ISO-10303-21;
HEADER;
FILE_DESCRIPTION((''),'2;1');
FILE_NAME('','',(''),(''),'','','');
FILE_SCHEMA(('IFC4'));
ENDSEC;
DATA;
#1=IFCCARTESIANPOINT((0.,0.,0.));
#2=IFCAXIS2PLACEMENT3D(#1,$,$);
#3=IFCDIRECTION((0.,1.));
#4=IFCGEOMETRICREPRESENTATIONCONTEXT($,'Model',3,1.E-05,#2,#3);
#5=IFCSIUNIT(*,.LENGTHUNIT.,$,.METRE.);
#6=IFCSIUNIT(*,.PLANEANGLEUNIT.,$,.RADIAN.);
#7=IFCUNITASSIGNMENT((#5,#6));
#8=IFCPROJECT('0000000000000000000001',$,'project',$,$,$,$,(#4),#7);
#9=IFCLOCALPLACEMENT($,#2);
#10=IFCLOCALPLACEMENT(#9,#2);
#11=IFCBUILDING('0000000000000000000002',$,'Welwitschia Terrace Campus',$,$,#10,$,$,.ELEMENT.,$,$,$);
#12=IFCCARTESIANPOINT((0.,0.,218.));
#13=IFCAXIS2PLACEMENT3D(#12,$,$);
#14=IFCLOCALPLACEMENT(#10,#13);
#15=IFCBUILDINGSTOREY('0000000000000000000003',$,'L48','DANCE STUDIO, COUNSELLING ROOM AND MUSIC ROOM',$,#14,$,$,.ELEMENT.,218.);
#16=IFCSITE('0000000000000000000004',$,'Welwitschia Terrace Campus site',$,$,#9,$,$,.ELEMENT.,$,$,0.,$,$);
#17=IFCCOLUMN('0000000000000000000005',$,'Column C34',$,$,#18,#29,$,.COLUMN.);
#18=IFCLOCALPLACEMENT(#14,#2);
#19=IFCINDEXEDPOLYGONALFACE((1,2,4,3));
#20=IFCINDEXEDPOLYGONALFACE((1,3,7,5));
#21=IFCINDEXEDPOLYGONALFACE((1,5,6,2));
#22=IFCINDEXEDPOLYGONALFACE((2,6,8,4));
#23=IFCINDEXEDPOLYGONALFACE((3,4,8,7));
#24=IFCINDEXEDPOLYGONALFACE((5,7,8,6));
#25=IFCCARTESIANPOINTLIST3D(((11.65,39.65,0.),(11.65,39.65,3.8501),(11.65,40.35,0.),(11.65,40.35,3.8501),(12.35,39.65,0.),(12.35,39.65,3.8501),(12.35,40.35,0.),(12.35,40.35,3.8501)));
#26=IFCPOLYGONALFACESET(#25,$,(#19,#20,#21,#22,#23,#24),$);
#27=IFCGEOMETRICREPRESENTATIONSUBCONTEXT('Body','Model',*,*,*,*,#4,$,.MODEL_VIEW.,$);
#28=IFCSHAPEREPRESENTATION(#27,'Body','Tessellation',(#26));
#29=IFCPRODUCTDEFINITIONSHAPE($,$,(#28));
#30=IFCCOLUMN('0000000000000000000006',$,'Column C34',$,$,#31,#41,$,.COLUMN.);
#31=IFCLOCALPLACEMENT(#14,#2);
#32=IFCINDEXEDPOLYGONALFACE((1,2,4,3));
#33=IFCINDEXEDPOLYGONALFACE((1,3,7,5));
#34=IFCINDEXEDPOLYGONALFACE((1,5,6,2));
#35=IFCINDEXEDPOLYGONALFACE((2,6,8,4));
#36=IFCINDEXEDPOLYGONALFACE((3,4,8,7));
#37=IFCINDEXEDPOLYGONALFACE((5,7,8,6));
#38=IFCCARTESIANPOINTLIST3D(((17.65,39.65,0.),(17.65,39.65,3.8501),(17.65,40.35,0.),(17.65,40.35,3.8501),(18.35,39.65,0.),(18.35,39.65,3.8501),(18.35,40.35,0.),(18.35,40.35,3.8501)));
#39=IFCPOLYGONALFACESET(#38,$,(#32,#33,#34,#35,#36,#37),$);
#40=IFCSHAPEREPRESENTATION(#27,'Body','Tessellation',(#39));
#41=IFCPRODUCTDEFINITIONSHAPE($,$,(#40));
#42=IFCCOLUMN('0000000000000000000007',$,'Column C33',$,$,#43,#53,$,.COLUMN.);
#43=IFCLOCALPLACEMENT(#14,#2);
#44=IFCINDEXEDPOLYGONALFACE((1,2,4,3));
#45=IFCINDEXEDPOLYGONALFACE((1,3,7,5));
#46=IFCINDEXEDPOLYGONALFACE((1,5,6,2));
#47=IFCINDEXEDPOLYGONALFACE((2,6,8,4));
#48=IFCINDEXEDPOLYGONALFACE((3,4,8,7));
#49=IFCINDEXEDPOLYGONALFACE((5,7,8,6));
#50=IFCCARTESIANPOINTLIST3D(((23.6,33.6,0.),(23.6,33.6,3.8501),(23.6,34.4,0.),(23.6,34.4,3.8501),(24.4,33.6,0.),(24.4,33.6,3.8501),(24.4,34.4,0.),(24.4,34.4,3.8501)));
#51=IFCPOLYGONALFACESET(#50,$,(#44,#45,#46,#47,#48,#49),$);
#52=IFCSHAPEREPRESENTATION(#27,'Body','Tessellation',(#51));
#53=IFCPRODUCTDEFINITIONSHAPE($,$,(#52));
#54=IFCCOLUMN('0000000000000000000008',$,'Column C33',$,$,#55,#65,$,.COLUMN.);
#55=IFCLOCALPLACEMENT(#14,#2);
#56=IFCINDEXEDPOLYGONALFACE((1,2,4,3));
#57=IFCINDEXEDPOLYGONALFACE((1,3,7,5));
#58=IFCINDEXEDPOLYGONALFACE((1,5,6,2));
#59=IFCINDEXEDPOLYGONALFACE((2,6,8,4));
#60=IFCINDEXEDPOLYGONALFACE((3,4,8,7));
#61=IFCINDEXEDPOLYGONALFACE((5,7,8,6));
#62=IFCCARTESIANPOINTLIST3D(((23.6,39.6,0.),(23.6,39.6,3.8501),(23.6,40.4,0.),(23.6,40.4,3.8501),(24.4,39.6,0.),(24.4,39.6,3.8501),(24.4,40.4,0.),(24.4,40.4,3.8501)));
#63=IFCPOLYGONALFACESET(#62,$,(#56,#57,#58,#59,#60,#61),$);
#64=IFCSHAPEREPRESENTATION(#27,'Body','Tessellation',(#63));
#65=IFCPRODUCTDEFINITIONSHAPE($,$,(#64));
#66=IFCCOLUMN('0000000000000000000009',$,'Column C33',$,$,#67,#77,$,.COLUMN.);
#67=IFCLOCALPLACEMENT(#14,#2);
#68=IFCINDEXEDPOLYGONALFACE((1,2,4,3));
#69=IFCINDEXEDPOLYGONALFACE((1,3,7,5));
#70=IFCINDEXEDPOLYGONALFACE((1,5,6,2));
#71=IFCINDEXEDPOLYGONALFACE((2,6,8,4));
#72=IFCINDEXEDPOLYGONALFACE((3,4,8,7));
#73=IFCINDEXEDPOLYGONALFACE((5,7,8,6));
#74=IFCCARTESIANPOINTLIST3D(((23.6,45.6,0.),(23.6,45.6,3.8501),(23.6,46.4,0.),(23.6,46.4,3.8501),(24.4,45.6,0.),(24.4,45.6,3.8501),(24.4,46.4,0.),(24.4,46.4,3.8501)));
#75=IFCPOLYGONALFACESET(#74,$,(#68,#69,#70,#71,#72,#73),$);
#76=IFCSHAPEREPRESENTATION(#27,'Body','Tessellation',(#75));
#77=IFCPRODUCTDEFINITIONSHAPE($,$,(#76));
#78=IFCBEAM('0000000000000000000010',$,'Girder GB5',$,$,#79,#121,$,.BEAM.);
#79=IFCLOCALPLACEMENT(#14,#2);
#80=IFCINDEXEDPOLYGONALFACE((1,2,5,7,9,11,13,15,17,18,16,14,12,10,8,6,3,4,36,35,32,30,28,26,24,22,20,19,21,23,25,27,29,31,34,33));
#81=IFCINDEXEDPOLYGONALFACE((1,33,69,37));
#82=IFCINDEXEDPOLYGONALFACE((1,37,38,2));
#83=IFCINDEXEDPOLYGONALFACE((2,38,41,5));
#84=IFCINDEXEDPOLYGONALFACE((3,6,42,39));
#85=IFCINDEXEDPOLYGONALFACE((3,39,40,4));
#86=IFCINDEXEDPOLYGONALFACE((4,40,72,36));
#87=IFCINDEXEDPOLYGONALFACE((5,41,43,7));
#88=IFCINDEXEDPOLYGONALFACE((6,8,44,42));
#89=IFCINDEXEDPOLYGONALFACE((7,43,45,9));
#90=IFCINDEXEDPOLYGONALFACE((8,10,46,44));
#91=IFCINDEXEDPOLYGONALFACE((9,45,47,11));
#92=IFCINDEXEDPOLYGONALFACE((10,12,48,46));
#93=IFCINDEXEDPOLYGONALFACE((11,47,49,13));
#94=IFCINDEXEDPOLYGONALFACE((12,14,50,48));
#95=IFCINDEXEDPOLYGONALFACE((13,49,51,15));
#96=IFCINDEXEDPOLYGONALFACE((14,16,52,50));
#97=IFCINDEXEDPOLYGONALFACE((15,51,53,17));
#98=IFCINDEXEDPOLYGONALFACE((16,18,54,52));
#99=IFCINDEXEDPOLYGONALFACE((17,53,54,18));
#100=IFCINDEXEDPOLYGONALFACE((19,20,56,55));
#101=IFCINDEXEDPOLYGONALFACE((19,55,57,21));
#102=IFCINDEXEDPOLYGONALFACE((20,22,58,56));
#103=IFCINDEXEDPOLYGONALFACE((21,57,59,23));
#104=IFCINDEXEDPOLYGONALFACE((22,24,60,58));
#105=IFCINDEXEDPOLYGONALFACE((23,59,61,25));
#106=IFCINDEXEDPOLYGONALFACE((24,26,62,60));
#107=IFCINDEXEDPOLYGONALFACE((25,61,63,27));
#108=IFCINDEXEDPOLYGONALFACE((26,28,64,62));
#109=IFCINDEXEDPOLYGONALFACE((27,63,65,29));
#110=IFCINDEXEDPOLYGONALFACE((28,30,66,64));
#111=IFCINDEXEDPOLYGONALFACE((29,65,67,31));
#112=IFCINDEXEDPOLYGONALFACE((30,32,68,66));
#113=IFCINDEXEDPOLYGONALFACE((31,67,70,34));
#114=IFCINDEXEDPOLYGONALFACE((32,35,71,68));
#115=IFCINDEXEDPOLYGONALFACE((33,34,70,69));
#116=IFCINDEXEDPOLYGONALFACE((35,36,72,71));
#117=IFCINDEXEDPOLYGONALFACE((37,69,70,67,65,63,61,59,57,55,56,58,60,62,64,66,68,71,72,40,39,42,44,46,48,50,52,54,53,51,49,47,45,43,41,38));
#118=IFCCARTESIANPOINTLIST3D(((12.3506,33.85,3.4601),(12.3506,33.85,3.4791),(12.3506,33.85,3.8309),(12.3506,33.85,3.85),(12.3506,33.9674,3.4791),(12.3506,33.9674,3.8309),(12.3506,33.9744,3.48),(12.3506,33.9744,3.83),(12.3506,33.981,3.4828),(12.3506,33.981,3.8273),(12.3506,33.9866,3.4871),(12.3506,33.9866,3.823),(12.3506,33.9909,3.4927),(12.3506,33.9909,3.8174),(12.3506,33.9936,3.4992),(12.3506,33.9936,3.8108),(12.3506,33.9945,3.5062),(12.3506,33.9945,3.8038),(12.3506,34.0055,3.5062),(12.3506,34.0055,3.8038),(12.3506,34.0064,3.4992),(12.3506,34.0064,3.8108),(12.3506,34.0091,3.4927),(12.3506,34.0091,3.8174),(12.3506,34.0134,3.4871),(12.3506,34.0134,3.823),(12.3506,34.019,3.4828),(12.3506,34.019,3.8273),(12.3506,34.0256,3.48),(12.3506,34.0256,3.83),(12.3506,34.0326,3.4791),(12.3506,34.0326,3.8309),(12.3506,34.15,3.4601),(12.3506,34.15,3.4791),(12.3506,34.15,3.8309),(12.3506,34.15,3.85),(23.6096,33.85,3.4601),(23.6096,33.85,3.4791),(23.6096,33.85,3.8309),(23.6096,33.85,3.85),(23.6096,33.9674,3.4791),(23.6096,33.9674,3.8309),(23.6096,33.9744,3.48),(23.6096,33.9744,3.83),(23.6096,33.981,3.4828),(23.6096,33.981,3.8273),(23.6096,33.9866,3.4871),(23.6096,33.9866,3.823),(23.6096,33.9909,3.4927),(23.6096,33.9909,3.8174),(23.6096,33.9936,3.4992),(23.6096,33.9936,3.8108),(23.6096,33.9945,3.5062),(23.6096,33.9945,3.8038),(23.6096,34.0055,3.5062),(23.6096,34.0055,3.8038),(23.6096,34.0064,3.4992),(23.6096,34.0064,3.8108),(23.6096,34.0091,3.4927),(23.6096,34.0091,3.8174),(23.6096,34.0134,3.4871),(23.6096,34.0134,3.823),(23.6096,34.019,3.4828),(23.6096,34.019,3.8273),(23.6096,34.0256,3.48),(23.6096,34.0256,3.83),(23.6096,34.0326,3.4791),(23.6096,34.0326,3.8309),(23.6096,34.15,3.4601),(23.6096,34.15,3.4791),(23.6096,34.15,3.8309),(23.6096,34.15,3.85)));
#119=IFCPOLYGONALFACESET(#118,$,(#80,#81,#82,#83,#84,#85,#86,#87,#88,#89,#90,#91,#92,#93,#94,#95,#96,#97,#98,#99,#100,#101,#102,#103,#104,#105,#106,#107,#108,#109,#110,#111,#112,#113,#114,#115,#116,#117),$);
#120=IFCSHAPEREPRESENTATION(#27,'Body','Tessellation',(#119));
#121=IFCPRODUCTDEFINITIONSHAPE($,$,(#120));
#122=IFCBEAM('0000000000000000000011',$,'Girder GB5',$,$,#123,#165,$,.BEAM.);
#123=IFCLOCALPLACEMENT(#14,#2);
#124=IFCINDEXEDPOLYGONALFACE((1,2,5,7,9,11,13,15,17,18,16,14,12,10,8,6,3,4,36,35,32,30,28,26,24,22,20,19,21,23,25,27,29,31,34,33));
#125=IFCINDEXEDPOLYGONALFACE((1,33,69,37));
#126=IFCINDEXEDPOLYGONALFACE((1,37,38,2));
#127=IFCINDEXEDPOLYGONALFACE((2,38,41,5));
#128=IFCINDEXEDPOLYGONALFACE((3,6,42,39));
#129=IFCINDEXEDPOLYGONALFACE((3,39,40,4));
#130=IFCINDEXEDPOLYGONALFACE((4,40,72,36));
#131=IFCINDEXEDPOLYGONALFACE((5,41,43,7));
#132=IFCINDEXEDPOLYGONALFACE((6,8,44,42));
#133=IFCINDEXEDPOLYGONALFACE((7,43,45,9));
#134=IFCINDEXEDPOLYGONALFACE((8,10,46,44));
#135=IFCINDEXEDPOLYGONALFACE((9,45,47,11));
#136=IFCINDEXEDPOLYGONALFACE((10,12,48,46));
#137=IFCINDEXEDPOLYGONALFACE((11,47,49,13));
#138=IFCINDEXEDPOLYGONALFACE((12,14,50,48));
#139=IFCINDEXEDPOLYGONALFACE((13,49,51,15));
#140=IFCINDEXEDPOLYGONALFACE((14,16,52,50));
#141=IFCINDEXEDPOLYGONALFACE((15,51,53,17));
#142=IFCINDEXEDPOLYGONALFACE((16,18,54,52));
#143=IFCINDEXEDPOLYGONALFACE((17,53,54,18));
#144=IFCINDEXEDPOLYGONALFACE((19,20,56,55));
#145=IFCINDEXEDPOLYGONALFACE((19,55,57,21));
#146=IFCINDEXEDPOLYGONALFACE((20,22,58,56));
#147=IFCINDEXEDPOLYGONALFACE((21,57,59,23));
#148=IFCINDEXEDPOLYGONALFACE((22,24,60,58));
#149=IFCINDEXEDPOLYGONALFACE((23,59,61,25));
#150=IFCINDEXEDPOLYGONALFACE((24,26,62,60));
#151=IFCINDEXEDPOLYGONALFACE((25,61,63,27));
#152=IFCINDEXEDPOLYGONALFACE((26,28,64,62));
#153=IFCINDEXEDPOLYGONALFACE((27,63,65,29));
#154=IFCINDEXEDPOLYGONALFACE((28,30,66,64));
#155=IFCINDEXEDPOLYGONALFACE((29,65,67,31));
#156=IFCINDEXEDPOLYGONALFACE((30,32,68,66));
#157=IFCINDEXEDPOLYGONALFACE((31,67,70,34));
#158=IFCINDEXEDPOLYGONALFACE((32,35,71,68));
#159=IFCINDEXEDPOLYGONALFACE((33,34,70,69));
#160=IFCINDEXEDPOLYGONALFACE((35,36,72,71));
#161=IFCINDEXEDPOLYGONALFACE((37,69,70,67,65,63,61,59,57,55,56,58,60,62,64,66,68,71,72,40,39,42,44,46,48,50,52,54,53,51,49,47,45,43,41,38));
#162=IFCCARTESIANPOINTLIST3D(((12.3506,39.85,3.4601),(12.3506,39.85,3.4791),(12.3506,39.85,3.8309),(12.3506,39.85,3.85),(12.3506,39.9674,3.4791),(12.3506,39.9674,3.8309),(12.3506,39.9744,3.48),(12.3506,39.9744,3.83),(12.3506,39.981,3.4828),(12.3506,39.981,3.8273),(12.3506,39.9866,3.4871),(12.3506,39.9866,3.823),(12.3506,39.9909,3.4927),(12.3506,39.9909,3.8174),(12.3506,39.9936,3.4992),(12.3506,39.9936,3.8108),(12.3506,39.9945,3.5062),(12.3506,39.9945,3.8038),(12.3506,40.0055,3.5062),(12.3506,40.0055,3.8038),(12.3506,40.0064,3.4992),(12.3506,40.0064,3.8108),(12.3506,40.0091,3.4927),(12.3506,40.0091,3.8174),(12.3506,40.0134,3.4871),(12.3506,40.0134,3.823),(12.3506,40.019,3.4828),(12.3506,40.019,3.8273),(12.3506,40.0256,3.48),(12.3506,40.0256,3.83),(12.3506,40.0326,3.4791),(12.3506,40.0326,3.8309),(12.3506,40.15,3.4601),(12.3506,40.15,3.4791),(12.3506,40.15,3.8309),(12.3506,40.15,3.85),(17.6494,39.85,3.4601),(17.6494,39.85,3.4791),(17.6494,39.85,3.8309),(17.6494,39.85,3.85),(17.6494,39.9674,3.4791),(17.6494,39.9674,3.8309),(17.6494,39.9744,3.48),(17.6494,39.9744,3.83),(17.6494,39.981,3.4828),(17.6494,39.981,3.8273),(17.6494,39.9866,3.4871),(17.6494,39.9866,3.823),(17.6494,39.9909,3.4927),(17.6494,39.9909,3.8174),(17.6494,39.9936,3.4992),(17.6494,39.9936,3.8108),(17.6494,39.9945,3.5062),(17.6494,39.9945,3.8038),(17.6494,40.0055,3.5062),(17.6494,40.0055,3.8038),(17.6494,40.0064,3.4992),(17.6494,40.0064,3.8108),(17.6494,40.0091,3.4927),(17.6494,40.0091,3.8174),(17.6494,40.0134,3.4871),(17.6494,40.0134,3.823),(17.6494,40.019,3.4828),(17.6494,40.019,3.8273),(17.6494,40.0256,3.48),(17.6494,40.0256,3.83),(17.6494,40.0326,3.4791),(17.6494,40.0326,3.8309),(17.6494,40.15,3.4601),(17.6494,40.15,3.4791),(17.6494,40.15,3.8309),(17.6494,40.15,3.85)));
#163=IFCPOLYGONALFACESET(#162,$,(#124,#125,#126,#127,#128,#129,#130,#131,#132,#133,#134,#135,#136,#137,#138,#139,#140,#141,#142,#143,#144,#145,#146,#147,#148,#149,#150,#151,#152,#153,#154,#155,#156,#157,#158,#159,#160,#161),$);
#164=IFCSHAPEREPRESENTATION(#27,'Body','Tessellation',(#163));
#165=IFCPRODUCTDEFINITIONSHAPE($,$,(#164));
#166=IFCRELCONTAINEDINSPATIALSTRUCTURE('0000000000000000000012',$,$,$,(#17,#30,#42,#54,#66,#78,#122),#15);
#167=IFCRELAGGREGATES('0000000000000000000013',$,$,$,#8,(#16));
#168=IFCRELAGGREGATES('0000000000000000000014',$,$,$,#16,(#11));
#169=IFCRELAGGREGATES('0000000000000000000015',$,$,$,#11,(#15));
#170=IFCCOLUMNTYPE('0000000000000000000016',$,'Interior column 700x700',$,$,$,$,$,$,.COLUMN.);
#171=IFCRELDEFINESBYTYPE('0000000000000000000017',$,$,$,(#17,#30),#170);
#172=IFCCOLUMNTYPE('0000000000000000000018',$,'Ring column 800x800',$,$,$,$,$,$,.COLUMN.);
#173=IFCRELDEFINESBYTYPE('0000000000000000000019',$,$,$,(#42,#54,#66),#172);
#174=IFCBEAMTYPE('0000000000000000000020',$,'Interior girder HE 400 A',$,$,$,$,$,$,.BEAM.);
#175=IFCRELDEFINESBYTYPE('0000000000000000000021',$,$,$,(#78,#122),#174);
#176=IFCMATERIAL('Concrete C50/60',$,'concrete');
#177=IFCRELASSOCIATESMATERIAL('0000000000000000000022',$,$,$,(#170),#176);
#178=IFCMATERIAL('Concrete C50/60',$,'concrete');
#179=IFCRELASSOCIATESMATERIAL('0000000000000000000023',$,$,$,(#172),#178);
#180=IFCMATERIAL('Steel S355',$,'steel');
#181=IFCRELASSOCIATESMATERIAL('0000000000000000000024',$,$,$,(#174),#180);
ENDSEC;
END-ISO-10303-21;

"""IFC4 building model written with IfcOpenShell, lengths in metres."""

from ifc_helpers import new_model, si_unit, direction, frame, origin, origin_2d, place, context, subcontext, project, spatial, rectangle, i_section, extrude, material, material_profile, profile_set, type_object, element, save


model = new_model("IFC4")

# Units and contexts
model_context = context("Model", 3, precision=1e-05, world=origin(), true_north=direction((0.0, 1.0)))
body_context = subcontext(model_context, "Body", "Model", "MODEL_VIEW")
ifc_project = project(units=[si_unit("LENGTHUNIT", "METRE"), si_unit("PLANEANGLEUNIT", "RADIAN")], contexts=[model_context])

# Site, building, storey
site_placement = place(None, origin())
site = spatial("IfcSite", under=ifc_project, at=site_placement, Name="Welwitschia Terrace Campus site", CompositionType="ELEMENT", RefElevation=0.0)
building_placement = place(site_placement, origin())
building = spatial("IfcBuilding", under=site, at=building_placement, Name="Welwitschia Terrace Campus", CompositionType="ELEMENT")
storey_placement = place(building_placement, frame((0.0, 0.0, 218.0)))
storey = spatial("IfcBuildingStorey", under=building, at=storey_placement, Name="L48", Description="DANCE STUDIO, COUNSELLING ROOM AND MUSIC ROOM", CompositionType="ELEMENT", Elevation=218.0)

# Columns
ifc_material_1 = material(Name="Concrete C50/60", Category="concrete")
ifc_material_profile_1 = material_profile(ifc_material_1, rectangle(XDim=0.7, YDim=0.7, at=origin_2d()))
ifc_profile_set_1 = profile_set([ifc_material_profile_1], Name="Concrete C50/60")
column_type_1 = type_object("IfcColumnType", Name="Interior column 700x700", PredefinedType="COLUMN", material=ifc_profile_set_1)
for number, where, z_axis, x_axis, name in (
    (1, (12.0, 40.0, 0.0), (0.0, 0.0, 1.0), (1.0, 0.0, 0.0), "Column C34"),
    (2, (18.0, 40.0, 0.0), (0.0, 0.0, 1.0), (1.0, 0.0, 0.0), "Column C34"),
):
    element("IfcColumn", number, at=place(storey_placement, frame(where, z_axis=z_axis, x_axis=x_axis)), inside=storey, type_object=column_type_1, Name=name, PredefinedType="COLUMN", context=body_context, shape_type="SweptSolid", body=[
        extrude(rectangle(XDim=0.7, YDim=0.7, at=origin_2d()), origin(), (0.0, 0.0, 1.0), 3.8501),
    ])
ifc_material_2 = material(Name="Concrete C50/60", Category="concrete")
ifc_material_profile_2 = material_profile(ifc_material_2, rectangle(XDim=0.8, YDim=0.8, at=origin_2d()))
ifc_profile_set_2 = profile_set([ifc_material_profile_2], Name="Concrete C50/60")
column_type_2 = type_object("IfcColumnType", Name="Ring column 800x800", PredefinedType="COLUMN", material=ifc_profile_set_2)
for number, where, z_axis, x_axis, name in (
    (3, (24.0, 34.0, 0.0), (0.0, 0.0, 1.0), (1.0, 0.0, 0.0), "Column C33"),
    (4, (24.0, 40.0, 0.0), (0.0, 0.0, 1.0), (1.0, 0.0, 0.0), "Column C33"),
    (5, (24.0, 46.0, 0.0), (0.0, 0.0, 1.0), (1.0, 0.0, 0.0), "Column C33"),
):
    element("IfcColumn", number, at=place(storey_placement, frame(where, z_axis=z_axis, x_axis=x_axis)), inside=storey, type_object=column_type_2, Name=name, PredefinedType="COLUMN", context=body_context, shape_type="SweptSolid", body=[
        extrude(rectangle(XDim=0.8, YDim=0.8, at=origin_2d()), origin(), (0.0, 0.0, 1.0), 3.8501),
    ])

# Beams
ifc_material_3 = material(Name="Steel S355", Category="steel")
ifc_material_profile_3 = material_profile(ifc_material_3, i_section(OverallWidth=0.3, OverallDepth=0.3899, WebThickness=0.011, FlangeThickness=0.019, FilletRadius=0.0271, at=origin_2d()))
ifc_profile_set_3 = profile_set([ifc_material_profile_3], Name="Steel S355")
beam_type_1 = type_object("IfcBeamType", Name="Interior girder HE 400 A", PredefinedType="BEAM", material=ifc_profile_set_3)
beam_1_placement = place(storey_placement, frame((12.3506, 34.0, 3.655), z_axis=(1.0, 0.0, 0.0), x_axis=(0.0, 1.0, 0.0)))
element("IfcBeam", 6, at=beam_1_placement, inside=storey, type_object=beam_type_1, Name="Girder GB5", PredefinedType="BEAM", context=body_context, shape_type="SweptSolid", body=[
    extrude(i_section(OverallWidth=0.3, OverallDepth=0.3899, WebThickness=0.011, FlangeThickness=0.019, FilletRadius=0.0271, at=origin_2d()), origin(), (0.0, 0.0, 1.0), 11.259),
])
beam_2_placement = place(storey_placement, frame((12.3506, 40.0, 3.655), z_axis=(1.0, 0.0, 0.0), x_axis=(0.0, 1.0, 0.0)))
element("IfcBeam", 7, at=beam_2_placement, inside=storey, type_object=beam_type_1, Name="Girder GB5", PredefinedType="BEAM", context=body_context, shape_type="SweptSolid", body=[
    extrude(i_section(OverallWidth=0.3, OverallDepth=0.3899, WebThickness=0.011, FlangeThickness=0.019, FilletRadius=0.0271, at=origin_2d()), origin(), (0.0, 0.0, 1.0), 5.2988),
])

save(model, "model.ifc")
